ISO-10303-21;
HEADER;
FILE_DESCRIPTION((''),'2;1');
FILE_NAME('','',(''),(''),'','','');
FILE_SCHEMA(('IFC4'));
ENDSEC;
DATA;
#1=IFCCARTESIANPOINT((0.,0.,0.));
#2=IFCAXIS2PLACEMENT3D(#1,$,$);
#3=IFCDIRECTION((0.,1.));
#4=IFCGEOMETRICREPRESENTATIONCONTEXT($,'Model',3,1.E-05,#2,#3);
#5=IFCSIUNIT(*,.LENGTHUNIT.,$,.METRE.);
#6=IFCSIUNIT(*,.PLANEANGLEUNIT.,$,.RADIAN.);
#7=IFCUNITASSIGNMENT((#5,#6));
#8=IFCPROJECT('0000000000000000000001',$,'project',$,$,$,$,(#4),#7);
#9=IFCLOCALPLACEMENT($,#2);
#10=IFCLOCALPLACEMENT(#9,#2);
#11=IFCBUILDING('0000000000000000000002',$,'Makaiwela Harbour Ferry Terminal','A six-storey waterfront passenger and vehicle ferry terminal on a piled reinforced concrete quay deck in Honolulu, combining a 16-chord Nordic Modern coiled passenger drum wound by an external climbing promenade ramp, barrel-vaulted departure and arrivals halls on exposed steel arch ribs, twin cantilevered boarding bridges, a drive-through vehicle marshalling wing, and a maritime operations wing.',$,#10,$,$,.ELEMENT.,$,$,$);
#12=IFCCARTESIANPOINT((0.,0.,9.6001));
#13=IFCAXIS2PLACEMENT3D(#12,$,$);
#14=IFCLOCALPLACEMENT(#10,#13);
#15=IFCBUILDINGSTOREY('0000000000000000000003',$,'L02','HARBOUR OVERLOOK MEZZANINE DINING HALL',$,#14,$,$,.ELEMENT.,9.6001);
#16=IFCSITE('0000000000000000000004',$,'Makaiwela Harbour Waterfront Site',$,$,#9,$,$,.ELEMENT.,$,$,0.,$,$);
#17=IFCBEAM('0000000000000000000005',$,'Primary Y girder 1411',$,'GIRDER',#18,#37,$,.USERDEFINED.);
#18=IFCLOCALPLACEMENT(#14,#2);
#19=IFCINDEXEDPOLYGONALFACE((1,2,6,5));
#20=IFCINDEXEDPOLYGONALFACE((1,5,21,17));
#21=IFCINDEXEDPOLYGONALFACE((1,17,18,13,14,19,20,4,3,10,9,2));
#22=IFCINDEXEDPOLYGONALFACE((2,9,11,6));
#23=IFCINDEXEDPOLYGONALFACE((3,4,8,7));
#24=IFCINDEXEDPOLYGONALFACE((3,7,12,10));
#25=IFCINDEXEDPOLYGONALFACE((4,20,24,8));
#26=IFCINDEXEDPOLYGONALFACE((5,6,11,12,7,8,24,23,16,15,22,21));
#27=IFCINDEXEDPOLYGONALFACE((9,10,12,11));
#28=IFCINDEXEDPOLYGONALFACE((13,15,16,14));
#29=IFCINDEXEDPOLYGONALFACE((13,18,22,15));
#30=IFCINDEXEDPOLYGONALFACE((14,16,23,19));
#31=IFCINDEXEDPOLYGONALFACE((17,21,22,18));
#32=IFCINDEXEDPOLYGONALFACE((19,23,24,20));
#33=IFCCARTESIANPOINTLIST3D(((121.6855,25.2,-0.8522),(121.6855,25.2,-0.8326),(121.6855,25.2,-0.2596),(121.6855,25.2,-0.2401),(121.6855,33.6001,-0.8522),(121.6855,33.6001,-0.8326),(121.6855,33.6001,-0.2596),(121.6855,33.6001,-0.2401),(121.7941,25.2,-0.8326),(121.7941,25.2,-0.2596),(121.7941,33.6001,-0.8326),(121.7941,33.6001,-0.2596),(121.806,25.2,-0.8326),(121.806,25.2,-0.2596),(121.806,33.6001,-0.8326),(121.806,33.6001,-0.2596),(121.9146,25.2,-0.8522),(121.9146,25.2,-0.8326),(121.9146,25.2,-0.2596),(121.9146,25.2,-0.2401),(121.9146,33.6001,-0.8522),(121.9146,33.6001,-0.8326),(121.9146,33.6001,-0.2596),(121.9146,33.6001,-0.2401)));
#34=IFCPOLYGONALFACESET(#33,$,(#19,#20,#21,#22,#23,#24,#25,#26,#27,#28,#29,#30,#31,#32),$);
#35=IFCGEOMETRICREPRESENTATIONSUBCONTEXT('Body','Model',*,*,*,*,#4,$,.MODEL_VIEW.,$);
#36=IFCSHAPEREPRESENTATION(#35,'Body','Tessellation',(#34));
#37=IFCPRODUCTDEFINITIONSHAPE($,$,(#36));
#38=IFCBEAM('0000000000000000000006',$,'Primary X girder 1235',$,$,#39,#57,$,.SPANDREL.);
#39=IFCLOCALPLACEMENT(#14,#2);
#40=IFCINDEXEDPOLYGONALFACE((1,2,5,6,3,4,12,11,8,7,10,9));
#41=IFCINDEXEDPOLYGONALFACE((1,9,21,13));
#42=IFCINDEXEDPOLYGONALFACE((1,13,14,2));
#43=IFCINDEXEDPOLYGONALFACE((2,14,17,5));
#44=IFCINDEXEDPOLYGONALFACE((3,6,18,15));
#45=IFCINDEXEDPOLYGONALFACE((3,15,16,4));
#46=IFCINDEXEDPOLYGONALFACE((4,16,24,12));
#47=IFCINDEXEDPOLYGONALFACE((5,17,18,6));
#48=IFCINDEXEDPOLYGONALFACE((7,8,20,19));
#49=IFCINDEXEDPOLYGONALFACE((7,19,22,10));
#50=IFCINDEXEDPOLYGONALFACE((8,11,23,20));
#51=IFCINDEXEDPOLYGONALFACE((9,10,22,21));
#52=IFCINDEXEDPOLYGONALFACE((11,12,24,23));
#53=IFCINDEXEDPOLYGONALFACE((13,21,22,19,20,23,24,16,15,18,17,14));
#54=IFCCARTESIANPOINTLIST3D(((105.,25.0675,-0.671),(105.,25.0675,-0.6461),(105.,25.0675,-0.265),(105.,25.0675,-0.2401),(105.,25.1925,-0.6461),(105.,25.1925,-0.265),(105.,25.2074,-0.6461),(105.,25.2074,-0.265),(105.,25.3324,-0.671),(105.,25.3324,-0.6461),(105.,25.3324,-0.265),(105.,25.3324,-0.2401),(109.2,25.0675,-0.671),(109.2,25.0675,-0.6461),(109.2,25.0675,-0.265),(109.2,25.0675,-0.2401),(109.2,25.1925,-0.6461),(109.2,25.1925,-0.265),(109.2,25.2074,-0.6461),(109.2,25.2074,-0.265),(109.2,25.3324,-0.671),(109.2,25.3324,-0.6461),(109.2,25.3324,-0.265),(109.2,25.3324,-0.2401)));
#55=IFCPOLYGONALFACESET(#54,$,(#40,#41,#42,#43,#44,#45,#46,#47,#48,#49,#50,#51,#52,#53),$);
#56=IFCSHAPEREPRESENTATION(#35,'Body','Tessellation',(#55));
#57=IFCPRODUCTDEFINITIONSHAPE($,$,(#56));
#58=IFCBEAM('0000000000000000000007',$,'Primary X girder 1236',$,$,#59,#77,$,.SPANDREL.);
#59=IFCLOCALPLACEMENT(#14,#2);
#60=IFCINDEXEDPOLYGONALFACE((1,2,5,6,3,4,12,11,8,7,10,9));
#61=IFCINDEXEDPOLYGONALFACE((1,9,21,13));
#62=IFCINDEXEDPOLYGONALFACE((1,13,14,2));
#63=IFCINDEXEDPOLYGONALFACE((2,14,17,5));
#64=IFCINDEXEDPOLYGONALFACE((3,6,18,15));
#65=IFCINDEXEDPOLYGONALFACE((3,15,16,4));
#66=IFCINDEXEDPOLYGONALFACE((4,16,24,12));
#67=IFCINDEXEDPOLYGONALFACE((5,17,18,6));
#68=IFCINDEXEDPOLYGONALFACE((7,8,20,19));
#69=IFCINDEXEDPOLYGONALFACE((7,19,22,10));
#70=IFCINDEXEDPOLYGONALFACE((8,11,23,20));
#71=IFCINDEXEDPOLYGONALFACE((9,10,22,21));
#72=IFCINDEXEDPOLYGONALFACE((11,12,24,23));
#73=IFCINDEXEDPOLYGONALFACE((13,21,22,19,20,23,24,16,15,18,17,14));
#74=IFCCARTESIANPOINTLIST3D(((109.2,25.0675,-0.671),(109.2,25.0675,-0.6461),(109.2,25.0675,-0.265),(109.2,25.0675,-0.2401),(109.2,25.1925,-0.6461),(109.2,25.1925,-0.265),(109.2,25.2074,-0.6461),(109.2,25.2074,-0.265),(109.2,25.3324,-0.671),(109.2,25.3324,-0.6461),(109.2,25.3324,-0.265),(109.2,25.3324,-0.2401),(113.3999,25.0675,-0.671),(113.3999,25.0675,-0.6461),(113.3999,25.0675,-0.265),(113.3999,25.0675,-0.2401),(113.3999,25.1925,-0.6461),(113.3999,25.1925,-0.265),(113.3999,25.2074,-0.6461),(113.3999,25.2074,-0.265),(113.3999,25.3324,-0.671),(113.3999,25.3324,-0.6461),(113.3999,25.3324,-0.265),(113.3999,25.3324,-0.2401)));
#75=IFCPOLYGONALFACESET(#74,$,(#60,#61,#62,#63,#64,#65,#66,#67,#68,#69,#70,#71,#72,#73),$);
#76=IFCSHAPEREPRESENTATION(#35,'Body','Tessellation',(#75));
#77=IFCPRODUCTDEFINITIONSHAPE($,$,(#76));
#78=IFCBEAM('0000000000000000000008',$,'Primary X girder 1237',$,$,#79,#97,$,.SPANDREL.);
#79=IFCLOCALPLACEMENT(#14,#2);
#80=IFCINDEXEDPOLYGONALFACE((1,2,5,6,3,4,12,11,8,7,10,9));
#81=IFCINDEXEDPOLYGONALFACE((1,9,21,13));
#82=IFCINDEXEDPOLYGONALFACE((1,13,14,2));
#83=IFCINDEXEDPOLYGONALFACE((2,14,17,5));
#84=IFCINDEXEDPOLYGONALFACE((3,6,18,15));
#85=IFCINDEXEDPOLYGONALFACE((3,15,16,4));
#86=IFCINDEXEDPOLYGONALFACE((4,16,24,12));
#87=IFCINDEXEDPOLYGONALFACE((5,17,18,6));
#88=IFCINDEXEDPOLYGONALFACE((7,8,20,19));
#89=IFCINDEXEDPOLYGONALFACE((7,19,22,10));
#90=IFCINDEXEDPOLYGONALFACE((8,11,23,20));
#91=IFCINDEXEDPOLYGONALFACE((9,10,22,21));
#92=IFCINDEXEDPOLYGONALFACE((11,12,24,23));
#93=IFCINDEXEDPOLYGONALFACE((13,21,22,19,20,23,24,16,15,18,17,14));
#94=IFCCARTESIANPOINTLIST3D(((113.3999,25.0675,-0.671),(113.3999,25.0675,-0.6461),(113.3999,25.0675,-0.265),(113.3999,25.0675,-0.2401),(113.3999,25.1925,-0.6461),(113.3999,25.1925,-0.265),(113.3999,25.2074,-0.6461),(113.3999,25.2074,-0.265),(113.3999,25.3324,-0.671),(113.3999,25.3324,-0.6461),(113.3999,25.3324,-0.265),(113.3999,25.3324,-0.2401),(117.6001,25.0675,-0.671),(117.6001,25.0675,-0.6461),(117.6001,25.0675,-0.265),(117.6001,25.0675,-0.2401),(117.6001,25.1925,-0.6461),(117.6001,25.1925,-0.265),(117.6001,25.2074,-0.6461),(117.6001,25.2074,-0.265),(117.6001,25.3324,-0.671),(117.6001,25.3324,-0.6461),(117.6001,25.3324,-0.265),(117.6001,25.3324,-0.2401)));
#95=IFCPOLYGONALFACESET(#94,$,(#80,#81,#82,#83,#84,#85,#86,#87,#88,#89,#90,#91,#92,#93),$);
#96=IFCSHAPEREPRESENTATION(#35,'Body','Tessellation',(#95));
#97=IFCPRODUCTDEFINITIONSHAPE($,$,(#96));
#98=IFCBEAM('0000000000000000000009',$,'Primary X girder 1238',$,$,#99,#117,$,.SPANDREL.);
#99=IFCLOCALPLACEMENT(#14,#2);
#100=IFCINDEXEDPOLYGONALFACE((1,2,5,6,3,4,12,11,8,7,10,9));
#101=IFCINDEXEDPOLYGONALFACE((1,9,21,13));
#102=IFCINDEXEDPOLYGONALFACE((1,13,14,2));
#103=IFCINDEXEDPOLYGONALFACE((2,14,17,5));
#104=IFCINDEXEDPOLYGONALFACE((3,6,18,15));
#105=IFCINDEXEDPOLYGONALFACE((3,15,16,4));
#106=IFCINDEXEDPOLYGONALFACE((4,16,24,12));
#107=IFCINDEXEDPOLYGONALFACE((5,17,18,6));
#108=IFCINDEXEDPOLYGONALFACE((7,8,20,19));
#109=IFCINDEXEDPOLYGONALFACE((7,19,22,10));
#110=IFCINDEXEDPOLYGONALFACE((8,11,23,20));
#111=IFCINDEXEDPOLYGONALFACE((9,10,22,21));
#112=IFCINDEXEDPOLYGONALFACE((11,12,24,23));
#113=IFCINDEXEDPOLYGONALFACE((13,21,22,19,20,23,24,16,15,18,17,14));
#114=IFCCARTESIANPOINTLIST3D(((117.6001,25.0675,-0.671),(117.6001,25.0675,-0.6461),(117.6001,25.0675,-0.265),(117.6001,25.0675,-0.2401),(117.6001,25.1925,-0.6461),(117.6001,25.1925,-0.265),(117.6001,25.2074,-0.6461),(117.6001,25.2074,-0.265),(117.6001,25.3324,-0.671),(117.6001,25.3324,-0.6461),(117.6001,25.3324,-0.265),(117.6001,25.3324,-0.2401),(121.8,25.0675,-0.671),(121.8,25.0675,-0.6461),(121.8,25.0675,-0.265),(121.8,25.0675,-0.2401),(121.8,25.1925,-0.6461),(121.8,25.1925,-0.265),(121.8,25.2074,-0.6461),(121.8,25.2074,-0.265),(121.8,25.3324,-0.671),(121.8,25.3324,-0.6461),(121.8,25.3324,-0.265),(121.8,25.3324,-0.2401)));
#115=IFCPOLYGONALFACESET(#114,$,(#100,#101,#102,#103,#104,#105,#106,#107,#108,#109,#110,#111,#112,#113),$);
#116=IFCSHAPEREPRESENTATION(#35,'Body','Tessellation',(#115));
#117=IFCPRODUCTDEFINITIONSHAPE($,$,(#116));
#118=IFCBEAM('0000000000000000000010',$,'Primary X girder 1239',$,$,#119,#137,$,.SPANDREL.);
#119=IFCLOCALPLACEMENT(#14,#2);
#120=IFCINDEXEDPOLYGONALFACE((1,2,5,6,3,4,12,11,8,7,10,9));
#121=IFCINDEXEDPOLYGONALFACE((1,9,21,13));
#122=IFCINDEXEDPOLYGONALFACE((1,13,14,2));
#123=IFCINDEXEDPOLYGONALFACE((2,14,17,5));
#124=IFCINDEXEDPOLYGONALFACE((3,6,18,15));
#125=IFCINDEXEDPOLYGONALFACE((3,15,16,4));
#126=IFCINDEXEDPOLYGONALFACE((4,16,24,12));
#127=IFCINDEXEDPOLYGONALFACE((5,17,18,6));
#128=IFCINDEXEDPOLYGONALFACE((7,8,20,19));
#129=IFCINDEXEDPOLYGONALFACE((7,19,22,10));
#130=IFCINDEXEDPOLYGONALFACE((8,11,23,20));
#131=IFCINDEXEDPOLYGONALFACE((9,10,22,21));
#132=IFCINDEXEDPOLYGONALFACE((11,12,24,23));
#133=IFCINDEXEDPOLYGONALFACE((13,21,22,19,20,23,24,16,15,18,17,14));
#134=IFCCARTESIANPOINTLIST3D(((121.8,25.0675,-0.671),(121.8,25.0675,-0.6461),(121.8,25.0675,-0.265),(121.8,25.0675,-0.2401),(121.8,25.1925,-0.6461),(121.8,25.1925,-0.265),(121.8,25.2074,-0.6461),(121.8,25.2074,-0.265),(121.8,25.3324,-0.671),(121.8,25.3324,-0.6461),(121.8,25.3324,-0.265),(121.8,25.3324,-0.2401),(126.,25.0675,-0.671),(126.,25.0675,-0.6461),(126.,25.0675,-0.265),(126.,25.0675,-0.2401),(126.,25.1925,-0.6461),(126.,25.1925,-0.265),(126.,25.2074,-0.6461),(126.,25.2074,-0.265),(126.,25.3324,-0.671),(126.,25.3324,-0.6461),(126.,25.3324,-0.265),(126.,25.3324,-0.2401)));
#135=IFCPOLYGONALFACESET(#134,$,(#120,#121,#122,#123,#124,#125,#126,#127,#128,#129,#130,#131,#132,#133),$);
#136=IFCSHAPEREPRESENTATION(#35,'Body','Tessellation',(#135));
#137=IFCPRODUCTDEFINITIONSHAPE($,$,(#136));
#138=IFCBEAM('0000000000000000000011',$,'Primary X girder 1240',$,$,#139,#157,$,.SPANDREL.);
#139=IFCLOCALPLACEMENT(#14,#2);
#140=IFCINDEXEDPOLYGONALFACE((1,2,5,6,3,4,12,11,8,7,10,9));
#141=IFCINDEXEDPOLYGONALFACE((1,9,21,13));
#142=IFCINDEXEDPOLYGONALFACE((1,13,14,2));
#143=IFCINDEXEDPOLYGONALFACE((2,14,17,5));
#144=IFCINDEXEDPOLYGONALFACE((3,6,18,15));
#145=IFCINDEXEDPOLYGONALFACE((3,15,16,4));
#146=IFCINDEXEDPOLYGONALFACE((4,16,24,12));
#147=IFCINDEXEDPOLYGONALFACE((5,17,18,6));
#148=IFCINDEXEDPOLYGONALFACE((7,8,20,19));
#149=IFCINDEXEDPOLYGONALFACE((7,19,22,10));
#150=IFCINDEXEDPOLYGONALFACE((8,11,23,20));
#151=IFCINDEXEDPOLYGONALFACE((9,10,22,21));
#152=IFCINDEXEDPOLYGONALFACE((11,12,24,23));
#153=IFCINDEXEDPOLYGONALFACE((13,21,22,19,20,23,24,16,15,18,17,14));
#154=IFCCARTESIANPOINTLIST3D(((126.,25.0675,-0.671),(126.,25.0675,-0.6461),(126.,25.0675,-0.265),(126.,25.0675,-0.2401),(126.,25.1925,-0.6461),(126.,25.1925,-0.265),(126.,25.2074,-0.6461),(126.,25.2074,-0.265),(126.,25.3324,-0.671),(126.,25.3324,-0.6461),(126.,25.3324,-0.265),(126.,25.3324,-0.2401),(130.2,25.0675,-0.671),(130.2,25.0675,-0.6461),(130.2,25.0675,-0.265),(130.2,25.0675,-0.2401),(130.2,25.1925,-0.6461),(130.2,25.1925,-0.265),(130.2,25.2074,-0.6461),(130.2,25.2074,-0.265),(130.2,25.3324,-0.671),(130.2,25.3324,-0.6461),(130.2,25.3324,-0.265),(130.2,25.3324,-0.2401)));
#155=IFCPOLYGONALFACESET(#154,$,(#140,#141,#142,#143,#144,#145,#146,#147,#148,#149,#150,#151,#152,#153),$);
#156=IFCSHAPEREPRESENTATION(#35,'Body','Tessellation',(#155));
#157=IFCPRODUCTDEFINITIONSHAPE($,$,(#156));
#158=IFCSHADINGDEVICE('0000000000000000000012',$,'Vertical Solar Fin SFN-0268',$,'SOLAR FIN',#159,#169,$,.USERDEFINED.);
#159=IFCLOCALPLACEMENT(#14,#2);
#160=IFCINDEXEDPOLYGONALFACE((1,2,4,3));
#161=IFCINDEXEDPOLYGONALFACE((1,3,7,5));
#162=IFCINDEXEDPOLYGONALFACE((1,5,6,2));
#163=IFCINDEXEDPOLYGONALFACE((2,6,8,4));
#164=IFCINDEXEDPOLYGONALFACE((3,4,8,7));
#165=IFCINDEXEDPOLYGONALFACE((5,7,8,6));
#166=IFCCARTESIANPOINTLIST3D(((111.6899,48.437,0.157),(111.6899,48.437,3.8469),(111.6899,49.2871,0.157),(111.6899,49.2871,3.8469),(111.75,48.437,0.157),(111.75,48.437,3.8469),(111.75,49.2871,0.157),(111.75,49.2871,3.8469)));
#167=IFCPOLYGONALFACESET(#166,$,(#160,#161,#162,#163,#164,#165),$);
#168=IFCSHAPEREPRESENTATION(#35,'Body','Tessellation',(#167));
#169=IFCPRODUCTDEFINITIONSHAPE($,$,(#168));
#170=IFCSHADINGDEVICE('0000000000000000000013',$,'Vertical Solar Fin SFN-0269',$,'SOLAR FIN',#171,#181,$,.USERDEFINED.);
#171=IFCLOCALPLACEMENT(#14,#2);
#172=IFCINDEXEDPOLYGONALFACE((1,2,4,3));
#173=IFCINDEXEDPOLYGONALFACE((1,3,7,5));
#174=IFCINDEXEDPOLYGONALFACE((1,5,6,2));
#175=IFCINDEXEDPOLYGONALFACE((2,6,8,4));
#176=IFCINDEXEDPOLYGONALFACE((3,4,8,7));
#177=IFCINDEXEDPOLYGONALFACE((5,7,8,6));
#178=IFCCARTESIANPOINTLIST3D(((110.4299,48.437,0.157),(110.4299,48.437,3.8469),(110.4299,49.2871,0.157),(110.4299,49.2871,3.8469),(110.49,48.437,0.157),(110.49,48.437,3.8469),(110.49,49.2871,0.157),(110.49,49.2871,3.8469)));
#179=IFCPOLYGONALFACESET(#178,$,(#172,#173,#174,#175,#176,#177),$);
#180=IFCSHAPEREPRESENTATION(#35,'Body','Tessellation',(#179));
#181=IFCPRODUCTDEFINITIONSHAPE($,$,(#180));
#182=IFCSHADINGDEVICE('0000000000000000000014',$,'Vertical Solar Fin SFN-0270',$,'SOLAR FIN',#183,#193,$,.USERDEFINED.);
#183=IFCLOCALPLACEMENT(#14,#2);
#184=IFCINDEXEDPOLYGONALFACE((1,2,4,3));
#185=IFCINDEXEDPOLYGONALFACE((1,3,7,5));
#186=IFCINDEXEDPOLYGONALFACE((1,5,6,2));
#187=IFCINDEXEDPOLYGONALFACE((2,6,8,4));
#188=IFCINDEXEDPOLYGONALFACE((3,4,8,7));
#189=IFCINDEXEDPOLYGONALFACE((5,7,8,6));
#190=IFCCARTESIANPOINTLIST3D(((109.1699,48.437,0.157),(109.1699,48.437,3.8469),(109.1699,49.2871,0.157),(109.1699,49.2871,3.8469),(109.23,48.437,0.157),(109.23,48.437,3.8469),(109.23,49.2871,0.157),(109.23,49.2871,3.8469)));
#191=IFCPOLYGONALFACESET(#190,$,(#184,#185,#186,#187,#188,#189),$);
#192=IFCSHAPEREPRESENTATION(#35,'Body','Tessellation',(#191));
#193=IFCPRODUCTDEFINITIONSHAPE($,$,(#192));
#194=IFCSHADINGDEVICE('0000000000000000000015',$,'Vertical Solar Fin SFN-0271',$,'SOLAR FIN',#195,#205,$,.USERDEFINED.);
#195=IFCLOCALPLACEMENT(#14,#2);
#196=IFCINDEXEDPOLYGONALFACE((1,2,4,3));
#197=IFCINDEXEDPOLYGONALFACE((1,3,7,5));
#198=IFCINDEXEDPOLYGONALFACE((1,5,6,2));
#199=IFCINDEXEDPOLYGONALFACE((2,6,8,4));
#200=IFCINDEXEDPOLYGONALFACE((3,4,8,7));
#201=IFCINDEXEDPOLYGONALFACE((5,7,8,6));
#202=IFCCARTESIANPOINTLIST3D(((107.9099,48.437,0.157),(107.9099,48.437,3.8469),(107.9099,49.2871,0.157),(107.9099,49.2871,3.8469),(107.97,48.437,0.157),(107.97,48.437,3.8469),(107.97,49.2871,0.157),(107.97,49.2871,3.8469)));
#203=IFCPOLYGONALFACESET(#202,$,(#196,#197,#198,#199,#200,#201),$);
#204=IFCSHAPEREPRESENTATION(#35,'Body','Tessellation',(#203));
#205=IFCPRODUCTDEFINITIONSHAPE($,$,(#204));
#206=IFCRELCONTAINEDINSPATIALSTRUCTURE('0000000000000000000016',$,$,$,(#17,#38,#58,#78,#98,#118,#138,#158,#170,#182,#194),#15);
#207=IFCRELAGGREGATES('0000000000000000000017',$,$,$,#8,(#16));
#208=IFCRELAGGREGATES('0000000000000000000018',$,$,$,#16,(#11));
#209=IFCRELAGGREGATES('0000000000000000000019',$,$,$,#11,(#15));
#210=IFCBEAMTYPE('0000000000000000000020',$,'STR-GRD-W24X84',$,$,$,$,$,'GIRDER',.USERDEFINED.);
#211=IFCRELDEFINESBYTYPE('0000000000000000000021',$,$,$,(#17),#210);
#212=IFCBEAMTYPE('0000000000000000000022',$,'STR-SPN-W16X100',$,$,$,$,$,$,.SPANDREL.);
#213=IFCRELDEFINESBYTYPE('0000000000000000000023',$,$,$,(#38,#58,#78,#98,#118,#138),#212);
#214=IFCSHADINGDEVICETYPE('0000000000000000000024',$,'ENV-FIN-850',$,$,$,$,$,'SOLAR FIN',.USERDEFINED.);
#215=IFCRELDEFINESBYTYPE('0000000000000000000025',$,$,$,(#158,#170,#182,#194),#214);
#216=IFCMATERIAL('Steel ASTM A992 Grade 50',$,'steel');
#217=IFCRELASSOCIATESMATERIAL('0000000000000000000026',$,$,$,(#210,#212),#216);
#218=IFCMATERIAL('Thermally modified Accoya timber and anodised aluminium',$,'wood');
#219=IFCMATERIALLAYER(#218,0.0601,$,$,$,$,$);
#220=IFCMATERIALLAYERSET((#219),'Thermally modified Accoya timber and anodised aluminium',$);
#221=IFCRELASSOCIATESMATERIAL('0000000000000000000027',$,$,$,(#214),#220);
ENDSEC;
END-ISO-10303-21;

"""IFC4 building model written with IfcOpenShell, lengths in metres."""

from ifc_helpers import new_model, si_unit, direction, frame, origin, origin_2d, place, context, subcontext, project, spatial, rectangle, i_section, extrude, material, layer, layer_set, material_profile, profile_set, type_object, element, save


model = new_model("IFC4")

# Units and contexts
model_context = context("Model", 3, precision=1e-05, world=origin(), true_north=direction((0.0, 1.0)))
body_context = subcontext(model_context, "Body", "Model", "MODEL_VIEW")
ifc_project = project(units=[si_unit("LENGTHUNIT", "METRE"), si_unit("PLANEANGLEUNIT", "RADIAN")], contexts=[model_context])

# Site, building, storey
site_placement = place(None, origin())
site = spatial("IfcSite", under=ifc_project, at=site_placement, Name="Makaiwela Harbour Waterfront Site", CompositionType="ELEMENT", RefElevation=0.0)
building_placement = place(site_placement, origin())
building = spatial("IfcBuilding", under=site, at=building_placement, Name="Makaiwela Harbour Ferry Terminal", Description="A six-storey waterfront passenger and vehicle ferry terminal on a piled reinforced concrete quay deck in Honolulu, combining a 16-chord Nordic Modern coiled passenger drum wound by an external climbing promenade ramp, barrel-vaulted departure and arrivals halls on exposed steel arch ribs, twin cantilevered boarding bridges, a drive-through vehicle marshalling wing, and a maritime operations wing.", CompositionType="ELEMENT")
storey_placement = place(building_placement, frame((0.0, 0.0, 9.6001)))
storey = spatial("IfcBuildingStorey", under=building, at=storey_placement, Name="L02", Description="HARBOUR OVERLOOK MEZZANINE DINING HALL", CompositionType="ELEMENT", Elevation=9.6001)

# Beams
ifc_material_1 = material(Name="Steel ASTM A992 Grade 50", Category="steel")
ifc_material_profile_1 = material_profile(ifc_material_1, i_section(OverallWidth=0.229, OverallDepth=0.6121, WebThickness=0.012, FlangeThickness=0.0195, at=origin_2d()), Name="W24X84")
ifc_profile_set_1 = profile_set([ifc_material_profile_1], Name="Steel ASTM A992 Grade 50")
beam_type_1 = type_object("IfcBeamType", Name="STR-GRD-W24X84", ElementType="GIRDER", PredefinedType="USERDEFINED", material=ifc_profile_set_1)
for number, where, z_axis, x_axis, name in (
    (1, (121.8, 25.2, -0.5461), (0.0, 1.0, 0.0), (-1.0, 0.0, 0.0), "Primary Y girder 1411"),
):
    element("IfcBeam", number, at=place(storey_placement, frame(where, z_axis=z_axis, x_axis=x_axis)), inside=storey, type_object=beam_type_1, Name=name, ObjectType="GIRDER", PredefinedType="USERDEFINED", context=body_context, shape_type="SweptSolid", body=[
        extrude(i_section(OverallWidth=0.229, OverallDepth=0.6121, WebThickness=0.012, FlangeThickness=0.0195, at=origin_2d()), origin(), (0.0, 0.0, 1.0), 8.4001),
    ])
ifc_material_profile_2 = material_profile(ifc_material_1, i_section(OverallWidth=0.2649, OverallDepth=0.4309, WebThickness=0.0149, FlangeThickness=0.0249, at=origin_2d()), Name="W16X100")
ifc_profile_set_2 = profile_set([ifc_material_profile_2], Name="Steel ASTM A992 Grade 50")
beam_type_2 = type_object("IfcBeamType", Name="STR-SPN-W16X100", PredefinedType="SPANDREL", material=ifc_profile_set_2)
for number, where, z_axis, x_axis, name in (
    (2, (105.0, 25.2, -0.4556), (1.0, 0.0, 0.0), (0.0, 1.0, 0.0), "Primary X girder 1235"),
    (3, (109.2, 25.2, -0.4556), (1.0, 0.0, 0.0), (0.0, 1.0, 0.0), "Primary X girder 1236"),
):
    element("IfcBeam", number, at=place(storey_placement, frame(where, z_axis=z_axis, x_axis=x_axis)), inside=storey, type_object=beam_type_2, Name=name, PredefinedType="SPANDREL", context=body_context, shape_type="SweptSolid", body=[
        extrude(i_section(OverallWidth=0.2649, OverallDepth=0.4309, WebThickness=0.0149, FlangeThickness=0.0249, at=origin_2d()), origin(), (0.0, 0.0, 1.0), 4.2),
    ])
beam_1_placement = place(storey_placement, frame((113.3999, 25.2, -0.4556), z_axis=(1.0, 0.0, 0.0), x_axis=(0.0, 1.0, 0.0)))
element("IfcBeam", 4, at=beam_1_placement, inside=storey, type_object=beam_type_2, Name="Primary X girder 1237", PredefinedType="SPANDREL", context=body_context, shape_type="SweptSolid", body=[
    extrude(i_section(OverallWidth=0.2649, OverallDepth=0.4309, WebThickness=0.0149, FlangeThickness=0.0249, at=origin_2d()), origin(), (0.0, 0.0, 1.0), 4.2002),
])
for number, where, z_axis, x_axis, name in (
    (5, (117.6001, 25.2, -0.4556), (1.0, 0.0, 0.0), (0.0, 1.0, 0.0), "Primary X girder 1238"),
    (6, (121.8, 25.2, -0.4556), (1.0, 0.0, 0.0), (0.0, 1.0, 0.0), "Primary X girder 1239"),
    (7, (126.0, 25.2, -0.4556), (1.0, 0.0, 0.0), (0.0, 1.0, 0.0), "Primary X girder 1240"),
):
    element("IfcBeam", number, at=place(storey_placement, frame(where, z_axis=z_axis, x_axis=x_axis)), inside=storey, type_object=beam_type_2, Name=name, PredefinedType="SPANDREL", context=body_context, shape_type="SweptSolid", body=[
        extrude(i_section(OverallWidth=0.2649, OverallDepth=0.4309, WebThickness=0.0149, FlangeThickness=0.0249, at=origin_2d()), origin(), (0.0, 0.0, 1.0), 4.2),
    ])

# Shading devices
ifc_material_2 = material(Name="Thermally modified Accoya timber and anodised aluminium", Category="wood")
ifc_layer = layer(ifc_material_2, 0.0601)
ifc_layer_set = layer_set([ifc_layer], Name="Thermally modified Accoya timber and anodised aluminium")
shading_device_type = type_object("IfcShadingDeviceType", Name="ENV-FIN-850", ElementType="SOLAR FIN", PredefinedType="USERDEFINED", material=ifc_layer_set)
for number, where, z_axis, x_axis, name in (
    (8, (111.72, 48.8621, 0.157), (0.0, 0.0, 1.0), (0.0, -1.0, 0.0), "Vertical Solar Fin SFN-0268"),
    (9, (110.46, 48.8621, 0.157), (0.0, 0.0, 1.0), (0.0, -1.0, 0.0), "Vertical Solar Fin SFN-0269"),
    (10, (109.2, 48.8621, 0.157), (0.0, 0.0, 1.0), (0.0, -1.0, 0.0), "Vertical Solar Fin SFN-0270"),
    (11, (107.9399, 48.8621, 0.157), (0.0, 0.0, 1.0), (0.0, -1.0, 0.0), "Vertical Solar Fin SFN-0271"),
):
    element("IfcShadingDevice", number, at=place(storey_placement, frame(where, z_axis=z_axis, x_axis=x_axis)), inside=storey, type_object=shading_device_type, Name=name, ObjectType="SOLAR FIN", PredefinedType="USERDEFINED", context=body_context, shape_type="SweptSolid", body=[
        extrude(rectangle(XDim=0.8501, YDim=0.0601, at=origin_2d()), origin(), (0.0, 0.0, 1.0), 3.6899),
    ])

save(model, "model.ifc")
